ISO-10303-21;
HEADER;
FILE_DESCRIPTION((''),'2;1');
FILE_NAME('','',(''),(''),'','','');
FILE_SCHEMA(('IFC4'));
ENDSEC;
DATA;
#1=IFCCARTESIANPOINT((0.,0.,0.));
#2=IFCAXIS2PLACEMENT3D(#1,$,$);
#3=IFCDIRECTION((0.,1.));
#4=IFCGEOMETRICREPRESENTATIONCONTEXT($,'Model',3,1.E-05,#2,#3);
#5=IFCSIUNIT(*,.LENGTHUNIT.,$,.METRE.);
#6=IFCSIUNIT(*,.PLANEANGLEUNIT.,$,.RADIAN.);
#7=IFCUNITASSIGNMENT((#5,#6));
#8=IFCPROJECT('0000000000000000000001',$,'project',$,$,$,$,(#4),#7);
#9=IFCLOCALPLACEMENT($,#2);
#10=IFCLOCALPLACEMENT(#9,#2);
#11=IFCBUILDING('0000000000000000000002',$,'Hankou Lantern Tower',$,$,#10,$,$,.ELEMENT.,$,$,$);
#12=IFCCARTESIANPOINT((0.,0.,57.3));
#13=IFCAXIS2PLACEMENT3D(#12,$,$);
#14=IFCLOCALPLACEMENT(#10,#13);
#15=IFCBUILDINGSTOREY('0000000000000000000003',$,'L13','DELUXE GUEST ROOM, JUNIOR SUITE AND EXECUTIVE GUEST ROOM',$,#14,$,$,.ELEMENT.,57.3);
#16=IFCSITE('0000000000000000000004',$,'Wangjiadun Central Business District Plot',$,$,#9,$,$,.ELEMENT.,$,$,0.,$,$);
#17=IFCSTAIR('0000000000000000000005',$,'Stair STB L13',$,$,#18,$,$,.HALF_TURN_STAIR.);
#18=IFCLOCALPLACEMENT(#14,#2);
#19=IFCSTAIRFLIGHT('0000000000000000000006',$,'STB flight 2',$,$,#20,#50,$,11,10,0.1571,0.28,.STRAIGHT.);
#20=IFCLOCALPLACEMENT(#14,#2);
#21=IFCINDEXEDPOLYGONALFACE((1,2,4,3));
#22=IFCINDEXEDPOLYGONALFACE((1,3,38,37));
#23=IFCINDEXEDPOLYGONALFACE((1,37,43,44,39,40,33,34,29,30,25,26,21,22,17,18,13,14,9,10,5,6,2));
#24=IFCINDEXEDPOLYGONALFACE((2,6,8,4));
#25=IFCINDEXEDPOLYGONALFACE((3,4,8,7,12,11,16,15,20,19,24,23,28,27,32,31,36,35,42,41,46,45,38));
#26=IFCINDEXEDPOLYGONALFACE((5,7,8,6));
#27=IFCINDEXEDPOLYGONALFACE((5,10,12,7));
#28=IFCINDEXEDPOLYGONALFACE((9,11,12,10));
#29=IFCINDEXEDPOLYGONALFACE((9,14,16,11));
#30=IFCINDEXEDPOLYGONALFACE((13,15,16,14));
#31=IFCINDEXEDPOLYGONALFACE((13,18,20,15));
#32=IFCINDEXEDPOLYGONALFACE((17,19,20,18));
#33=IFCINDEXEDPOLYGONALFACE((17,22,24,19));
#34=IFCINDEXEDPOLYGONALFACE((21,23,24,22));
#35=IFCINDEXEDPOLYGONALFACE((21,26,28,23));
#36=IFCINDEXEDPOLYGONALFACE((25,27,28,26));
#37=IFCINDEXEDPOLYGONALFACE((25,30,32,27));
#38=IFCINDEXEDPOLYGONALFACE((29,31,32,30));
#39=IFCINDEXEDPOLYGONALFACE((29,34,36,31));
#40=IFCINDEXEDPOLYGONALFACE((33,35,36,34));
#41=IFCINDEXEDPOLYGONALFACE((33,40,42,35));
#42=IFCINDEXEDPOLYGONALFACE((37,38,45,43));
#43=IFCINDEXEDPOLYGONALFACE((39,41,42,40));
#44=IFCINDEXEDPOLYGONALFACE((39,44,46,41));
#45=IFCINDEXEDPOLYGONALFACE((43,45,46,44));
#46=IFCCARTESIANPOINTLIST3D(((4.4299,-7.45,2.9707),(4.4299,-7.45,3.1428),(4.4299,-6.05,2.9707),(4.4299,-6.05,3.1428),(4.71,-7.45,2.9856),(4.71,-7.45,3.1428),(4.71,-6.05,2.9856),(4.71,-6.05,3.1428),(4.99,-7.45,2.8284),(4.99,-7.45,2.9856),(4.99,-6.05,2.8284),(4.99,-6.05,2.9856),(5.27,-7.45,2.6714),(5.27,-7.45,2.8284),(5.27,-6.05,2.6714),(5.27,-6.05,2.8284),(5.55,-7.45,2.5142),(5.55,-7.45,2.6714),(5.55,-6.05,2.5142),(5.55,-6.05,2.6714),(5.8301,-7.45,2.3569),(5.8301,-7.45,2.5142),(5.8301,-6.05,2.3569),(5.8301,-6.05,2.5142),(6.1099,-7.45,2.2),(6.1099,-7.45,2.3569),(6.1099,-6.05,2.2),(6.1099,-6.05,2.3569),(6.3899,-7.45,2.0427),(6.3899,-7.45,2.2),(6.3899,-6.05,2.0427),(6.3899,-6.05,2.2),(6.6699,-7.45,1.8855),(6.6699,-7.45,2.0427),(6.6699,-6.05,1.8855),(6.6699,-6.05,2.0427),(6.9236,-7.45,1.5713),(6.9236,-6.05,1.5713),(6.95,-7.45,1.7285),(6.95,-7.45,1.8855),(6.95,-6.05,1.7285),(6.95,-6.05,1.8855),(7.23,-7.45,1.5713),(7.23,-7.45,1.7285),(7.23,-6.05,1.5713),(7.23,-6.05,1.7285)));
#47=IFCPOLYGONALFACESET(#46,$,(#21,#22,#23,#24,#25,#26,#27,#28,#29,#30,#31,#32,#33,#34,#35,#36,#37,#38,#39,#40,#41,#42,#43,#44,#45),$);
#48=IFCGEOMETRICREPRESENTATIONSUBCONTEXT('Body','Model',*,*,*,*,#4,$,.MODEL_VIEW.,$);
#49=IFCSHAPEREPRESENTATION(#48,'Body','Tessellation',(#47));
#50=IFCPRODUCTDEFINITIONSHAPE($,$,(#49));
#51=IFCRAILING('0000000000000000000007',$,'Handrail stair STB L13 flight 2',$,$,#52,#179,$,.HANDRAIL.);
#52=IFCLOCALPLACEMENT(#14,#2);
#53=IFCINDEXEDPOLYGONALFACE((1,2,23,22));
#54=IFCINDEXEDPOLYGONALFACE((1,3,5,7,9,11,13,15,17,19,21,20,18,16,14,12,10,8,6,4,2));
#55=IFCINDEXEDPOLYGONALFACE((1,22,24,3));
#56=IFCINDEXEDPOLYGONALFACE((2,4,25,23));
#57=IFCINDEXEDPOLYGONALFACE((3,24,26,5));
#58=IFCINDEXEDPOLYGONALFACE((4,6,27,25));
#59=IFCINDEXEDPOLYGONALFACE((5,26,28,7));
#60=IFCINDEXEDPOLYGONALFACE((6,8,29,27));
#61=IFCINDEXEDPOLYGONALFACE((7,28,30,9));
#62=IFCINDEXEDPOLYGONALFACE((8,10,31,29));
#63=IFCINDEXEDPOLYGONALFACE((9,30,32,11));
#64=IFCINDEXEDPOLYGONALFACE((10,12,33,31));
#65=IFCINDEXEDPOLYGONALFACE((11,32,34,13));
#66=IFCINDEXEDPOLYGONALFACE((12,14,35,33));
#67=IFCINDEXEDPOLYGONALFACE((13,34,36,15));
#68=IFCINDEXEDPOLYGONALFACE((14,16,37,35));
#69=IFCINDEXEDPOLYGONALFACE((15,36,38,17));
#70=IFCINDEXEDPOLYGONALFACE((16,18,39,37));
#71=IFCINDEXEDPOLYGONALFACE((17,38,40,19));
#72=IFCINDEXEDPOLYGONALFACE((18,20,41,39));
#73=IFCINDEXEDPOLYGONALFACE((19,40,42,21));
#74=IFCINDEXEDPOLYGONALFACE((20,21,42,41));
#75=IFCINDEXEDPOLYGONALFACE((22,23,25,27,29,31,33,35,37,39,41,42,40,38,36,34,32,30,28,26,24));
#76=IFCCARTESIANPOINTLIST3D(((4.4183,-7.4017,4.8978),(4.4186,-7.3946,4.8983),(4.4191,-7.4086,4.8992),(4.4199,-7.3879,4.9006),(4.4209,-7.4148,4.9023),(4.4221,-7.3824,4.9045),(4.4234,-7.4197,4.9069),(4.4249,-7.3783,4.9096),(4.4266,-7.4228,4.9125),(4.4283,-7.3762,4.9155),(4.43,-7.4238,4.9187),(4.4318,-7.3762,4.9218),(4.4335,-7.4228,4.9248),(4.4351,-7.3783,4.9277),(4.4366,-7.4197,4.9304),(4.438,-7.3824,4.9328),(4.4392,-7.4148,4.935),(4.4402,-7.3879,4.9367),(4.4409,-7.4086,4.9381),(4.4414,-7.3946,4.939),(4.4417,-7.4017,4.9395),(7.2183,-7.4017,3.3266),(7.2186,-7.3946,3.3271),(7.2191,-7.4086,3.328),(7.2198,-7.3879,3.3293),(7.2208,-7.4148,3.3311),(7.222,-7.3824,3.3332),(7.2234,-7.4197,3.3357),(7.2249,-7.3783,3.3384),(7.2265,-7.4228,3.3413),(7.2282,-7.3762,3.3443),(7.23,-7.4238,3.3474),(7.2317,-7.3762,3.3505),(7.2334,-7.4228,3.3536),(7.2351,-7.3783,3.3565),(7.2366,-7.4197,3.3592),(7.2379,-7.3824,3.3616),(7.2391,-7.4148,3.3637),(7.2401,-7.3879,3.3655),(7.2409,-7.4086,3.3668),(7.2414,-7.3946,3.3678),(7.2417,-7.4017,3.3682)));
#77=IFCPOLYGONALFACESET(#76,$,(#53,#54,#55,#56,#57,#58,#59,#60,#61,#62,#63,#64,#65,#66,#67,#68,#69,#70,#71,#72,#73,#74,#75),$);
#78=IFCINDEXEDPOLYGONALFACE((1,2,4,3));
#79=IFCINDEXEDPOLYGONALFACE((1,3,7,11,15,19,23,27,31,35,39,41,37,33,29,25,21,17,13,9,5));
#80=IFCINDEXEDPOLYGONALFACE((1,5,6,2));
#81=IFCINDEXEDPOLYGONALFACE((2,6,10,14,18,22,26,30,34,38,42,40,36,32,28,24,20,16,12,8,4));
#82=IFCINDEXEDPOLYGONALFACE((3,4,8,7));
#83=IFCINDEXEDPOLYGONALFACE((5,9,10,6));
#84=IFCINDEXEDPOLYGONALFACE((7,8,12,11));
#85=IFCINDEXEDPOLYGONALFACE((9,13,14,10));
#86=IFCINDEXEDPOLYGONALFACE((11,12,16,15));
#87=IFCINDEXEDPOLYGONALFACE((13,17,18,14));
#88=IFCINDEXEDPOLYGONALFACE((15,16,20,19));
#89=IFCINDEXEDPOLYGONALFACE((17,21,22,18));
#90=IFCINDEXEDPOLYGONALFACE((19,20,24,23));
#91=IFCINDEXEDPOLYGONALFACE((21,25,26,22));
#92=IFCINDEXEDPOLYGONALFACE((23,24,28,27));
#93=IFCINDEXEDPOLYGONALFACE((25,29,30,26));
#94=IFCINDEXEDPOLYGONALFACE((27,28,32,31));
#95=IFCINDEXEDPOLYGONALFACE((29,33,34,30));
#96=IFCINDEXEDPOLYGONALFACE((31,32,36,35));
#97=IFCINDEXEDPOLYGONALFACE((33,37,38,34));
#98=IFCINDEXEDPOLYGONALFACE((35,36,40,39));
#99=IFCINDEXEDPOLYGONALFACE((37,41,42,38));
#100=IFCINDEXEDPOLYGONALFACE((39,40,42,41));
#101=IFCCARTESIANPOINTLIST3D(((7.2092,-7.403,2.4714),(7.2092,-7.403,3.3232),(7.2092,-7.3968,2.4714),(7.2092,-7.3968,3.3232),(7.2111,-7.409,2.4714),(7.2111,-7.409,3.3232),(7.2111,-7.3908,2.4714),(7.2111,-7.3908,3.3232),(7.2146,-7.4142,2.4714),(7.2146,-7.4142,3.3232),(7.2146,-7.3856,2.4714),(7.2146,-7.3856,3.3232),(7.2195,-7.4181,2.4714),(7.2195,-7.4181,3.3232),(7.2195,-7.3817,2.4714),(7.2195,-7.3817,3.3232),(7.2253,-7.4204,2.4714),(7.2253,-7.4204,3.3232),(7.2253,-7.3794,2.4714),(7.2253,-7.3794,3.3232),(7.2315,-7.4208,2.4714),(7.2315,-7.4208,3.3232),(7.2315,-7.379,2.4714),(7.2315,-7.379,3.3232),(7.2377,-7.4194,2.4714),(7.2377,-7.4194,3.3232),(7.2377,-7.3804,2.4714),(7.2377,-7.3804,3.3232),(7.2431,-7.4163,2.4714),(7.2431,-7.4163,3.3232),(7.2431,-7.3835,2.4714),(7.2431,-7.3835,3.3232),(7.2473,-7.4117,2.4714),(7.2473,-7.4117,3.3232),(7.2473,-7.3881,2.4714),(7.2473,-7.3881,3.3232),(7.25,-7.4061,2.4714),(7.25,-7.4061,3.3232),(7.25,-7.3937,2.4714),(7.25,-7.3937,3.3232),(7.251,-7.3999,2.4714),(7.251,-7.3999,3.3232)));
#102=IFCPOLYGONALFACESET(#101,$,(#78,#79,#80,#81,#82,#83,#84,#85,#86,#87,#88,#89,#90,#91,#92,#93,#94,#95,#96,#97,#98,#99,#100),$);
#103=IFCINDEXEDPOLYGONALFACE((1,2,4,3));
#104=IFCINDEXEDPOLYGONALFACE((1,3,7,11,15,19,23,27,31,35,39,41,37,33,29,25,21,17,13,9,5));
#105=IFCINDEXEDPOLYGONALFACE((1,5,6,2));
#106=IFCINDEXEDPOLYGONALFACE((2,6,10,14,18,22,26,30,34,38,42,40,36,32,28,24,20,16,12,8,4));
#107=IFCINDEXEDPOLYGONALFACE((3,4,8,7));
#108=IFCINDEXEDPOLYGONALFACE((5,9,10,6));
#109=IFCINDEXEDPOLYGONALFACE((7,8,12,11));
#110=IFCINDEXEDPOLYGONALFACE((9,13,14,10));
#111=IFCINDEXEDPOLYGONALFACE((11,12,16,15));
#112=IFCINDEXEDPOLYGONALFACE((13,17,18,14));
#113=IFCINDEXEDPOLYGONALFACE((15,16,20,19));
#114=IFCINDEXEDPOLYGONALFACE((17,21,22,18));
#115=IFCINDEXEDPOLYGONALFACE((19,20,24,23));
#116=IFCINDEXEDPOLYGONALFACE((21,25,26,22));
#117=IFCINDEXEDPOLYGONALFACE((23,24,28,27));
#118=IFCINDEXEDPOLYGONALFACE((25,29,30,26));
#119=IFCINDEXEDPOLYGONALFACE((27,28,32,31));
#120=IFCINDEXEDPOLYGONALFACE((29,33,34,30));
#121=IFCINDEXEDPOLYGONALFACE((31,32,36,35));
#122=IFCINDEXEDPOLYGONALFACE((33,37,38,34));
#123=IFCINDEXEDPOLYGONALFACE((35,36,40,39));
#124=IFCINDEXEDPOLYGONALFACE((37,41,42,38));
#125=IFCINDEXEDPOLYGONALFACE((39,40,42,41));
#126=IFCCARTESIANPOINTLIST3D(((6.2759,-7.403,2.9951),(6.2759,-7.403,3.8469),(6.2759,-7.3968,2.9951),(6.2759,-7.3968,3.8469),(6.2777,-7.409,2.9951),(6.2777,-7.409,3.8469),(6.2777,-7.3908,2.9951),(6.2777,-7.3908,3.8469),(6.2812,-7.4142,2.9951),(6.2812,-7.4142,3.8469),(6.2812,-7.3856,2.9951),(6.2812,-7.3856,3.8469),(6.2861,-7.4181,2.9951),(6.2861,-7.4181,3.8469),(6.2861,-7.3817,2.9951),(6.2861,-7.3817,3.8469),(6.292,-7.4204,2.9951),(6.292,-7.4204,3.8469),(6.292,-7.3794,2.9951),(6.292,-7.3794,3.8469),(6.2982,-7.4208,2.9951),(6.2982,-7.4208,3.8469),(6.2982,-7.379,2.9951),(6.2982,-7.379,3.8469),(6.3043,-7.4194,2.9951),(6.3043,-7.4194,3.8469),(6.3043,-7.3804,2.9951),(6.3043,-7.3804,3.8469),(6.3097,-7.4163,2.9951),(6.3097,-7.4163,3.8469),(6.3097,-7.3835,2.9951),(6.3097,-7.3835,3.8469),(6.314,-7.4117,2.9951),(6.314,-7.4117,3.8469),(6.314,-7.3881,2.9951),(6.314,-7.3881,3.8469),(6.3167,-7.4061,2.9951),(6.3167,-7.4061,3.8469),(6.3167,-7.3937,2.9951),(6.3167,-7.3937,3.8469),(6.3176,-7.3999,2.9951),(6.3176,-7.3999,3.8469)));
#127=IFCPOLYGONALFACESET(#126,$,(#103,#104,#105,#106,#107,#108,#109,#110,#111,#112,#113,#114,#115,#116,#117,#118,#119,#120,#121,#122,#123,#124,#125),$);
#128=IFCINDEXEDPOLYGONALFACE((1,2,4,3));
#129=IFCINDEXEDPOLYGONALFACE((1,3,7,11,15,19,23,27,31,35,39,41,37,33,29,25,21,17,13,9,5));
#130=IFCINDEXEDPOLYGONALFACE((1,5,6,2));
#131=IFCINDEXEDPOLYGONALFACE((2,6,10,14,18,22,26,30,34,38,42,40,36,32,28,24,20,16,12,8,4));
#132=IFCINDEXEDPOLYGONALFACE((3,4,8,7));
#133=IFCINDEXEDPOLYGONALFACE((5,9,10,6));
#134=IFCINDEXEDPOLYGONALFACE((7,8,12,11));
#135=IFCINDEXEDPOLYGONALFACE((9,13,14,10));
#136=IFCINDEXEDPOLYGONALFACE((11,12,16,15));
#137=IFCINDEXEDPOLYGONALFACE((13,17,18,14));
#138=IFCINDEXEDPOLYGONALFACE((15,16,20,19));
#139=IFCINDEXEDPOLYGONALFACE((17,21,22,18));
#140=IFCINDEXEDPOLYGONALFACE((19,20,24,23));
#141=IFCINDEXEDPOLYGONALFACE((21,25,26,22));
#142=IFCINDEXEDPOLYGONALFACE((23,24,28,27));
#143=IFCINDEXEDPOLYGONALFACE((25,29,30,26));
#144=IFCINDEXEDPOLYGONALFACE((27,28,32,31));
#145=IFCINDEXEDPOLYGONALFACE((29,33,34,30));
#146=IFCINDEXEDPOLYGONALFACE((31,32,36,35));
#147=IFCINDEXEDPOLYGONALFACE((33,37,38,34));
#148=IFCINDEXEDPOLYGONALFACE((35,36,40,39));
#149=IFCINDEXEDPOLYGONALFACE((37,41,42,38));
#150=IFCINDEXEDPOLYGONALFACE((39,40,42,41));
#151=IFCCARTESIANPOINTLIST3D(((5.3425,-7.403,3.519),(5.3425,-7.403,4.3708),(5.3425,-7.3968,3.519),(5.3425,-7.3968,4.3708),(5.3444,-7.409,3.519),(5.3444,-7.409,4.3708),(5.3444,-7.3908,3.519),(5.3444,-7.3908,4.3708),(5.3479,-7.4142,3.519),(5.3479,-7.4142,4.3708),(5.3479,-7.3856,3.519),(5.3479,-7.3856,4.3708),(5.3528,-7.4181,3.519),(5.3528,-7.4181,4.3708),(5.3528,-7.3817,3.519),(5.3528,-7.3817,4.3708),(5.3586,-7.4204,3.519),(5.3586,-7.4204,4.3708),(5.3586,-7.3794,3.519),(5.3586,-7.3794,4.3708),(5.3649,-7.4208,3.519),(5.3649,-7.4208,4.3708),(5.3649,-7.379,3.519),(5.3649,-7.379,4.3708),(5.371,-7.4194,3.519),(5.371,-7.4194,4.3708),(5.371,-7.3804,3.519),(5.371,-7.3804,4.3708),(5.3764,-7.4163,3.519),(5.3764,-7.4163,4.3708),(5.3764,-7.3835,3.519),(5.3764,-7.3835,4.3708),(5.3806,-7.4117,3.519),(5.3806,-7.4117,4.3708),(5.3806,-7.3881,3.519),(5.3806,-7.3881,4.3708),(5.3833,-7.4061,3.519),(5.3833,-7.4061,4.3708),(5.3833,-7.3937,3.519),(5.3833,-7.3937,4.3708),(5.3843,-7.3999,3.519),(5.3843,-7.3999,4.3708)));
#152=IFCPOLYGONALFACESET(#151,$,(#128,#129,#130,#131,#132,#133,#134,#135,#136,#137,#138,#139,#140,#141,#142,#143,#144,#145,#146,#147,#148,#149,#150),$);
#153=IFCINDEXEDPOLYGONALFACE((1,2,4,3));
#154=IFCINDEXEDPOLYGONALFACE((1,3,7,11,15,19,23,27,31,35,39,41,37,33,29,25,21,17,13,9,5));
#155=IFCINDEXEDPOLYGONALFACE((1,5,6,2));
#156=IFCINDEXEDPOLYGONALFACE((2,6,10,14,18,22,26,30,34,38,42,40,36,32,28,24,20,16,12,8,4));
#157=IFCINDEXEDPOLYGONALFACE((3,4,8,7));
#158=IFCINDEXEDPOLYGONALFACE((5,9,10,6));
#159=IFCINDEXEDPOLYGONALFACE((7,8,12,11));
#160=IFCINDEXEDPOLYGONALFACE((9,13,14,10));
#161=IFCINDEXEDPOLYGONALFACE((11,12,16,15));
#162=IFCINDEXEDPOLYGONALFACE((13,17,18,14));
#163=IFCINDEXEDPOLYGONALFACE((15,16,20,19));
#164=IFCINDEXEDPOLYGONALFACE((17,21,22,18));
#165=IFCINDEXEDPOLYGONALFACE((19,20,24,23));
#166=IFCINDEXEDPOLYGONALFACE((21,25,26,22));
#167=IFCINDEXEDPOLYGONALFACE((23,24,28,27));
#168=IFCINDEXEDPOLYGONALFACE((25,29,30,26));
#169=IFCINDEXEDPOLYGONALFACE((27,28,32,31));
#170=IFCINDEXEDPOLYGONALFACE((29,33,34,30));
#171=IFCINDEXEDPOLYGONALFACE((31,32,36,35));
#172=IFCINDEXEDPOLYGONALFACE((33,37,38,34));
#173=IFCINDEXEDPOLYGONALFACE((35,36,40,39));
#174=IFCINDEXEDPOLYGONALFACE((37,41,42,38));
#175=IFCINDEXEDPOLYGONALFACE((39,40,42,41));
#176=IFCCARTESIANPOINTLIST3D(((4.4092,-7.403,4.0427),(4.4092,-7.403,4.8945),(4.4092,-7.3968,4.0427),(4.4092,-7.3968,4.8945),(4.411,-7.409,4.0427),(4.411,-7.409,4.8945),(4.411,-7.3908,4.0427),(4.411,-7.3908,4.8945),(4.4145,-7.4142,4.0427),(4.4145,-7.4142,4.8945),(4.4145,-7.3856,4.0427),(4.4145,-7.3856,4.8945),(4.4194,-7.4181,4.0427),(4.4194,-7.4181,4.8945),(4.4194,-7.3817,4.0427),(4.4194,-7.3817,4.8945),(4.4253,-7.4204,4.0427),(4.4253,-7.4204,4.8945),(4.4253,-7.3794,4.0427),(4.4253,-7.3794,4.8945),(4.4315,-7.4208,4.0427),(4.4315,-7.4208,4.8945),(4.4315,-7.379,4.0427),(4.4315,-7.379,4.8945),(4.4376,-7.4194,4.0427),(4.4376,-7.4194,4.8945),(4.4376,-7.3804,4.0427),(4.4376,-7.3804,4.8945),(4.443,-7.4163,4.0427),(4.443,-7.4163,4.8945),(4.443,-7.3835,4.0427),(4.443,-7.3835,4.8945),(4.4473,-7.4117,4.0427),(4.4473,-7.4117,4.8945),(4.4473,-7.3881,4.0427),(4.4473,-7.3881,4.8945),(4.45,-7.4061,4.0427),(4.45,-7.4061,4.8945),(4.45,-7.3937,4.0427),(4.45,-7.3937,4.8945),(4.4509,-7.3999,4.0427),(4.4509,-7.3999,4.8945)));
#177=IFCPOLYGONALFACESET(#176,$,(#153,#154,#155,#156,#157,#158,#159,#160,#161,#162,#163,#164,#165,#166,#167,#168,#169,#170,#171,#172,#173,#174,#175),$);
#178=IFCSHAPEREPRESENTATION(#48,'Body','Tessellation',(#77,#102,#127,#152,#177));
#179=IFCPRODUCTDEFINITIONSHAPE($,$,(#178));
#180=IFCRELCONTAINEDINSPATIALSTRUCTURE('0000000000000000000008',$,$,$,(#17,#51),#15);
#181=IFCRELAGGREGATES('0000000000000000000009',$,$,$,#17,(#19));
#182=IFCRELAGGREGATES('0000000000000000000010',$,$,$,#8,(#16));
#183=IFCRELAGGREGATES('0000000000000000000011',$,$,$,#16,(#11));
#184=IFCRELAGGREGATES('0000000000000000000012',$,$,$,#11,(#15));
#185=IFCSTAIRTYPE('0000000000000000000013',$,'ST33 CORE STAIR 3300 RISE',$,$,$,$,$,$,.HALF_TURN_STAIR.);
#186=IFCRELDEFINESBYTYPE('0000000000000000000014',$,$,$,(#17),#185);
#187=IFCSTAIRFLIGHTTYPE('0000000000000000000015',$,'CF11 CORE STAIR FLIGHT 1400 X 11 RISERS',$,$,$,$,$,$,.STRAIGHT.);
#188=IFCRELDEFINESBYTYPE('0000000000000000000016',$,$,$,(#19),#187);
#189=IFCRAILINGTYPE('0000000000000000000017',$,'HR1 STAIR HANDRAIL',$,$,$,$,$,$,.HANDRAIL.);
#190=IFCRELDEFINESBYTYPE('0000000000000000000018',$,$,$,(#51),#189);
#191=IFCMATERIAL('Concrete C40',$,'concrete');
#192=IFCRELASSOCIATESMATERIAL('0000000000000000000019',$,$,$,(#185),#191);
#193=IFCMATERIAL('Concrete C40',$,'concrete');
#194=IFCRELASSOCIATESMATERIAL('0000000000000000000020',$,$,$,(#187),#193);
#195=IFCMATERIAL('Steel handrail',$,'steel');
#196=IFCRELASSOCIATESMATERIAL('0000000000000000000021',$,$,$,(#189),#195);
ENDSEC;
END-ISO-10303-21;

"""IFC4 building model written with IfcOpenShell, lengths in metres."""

from ifc_helpers import new_model, si_unit, direction, frame, origin, origin_2d, place, context, subcontext, project, spatial, polyline, circle, outline, extrude, material, type_object, element, aggregate, save


model = new_model("IFC4")

# Units and contexts
model_context = context("Model", 3, precision=1e-05, world=origin(), true_north=direction((0.0, 1.0)))
body_context = subcontext(model_context, "Body", "Model", "MODEL_VIEW")
ifc_project = project(units=[si_unit("LENGTHUNIT", "METRE"), si_unit("PLANEANGLEUNIT", "RADIAN")], contexts=[model_context])

# Site, building, storey
site_placement = place(None, origin())
site = spatial("IfcSite", under=ifc_project, at=site_placement, Name="Wangjiadun Central Business District Plot", CompositionType="ELEMENT", RefElevation=0.0)
building_placement = place(site_placement, origin())
building = spatial("IfcBuilding", under=site, at=building_placement, Name="Hankou Lantern Tower", CompositionType="ELEMENT")
storey_placement = place(building_placement, frame((0.0, 0.0, 57.3)))
storey = spatial("IfcBuildingStorey", under=building, at=storey_placement, Name="L13", Description="DELUXE GUEST ROOM, JUNIOR SUITE AND EXECUTIVE GUEST ROOM", CompositionType="ELEMENT", Elevation=57.3)

# Stair, stair flight
ifc_material_1 = material(Name="Concrete C40", Category="concrete")
stair_type = type_object("IfcStairType", Name="ST33 CORE STAIR 3300 RISE", PredefinedType="HALF_TURN_STAIR", material=ifc_material_1)
stair_placement = place(storey_placement, origin())
stair = element("IfcStair", 1, at=stair_placement, inside=storey, type_object=stair_type, Name="Stair STB L13", PredefinedType="HALF_TURN_STAIR")
ifc_material_2 = material(Name="Concrete C40", Category="concrete")
stair_flight_type_1 = type_object("IfcStairFlightType", Name="CF11 CORE STAIR FLIGHT 1400 X 11 RISERS", PredefinedType="STRAIGHT", material=ifc_material_2)
stair_flight_1_placement = place(storey_placement, frame((7.23, -6.75, 1.5713), z_axis=(0.0, 0.0, 1.0), x_axis=(-1.0, 0.0, 0.0)))
stair_flight_1 = element("IfcStairFlight", 2, at=stair_flight_1_placement, type_object=stair_flight_type_1, Name="STB flight 2", NumberOfRisers=11, NumberOfTreads=10, PredefinedType="STRAIGHT", RiserHeight=0.1571, TreadLength=0.28, context=body_context, shape_type="SweptSolid", body=[
    extrude(outline(polyline([(0.0, 0.0), (0.0, 0.1572), (0.28, 0.1572), (0.28, 0.3142), (0.5601, 0.3142), (0.5601, 0.4714), (0.8401, 0.4714), (0.8401, 0.6287), (1.1201, 0.6287), (1.1201, 0.7856), (1.3999, 0.7856), (1.3999, 0.9429), (1.6799, 0.9429), (1.6799, 1.1001), (1.96, 1.1001), (1.96, 1.2571), (2.24, 1.2571), (2.24, 1.4143), (2.52, 1.4143), (2.52, 1.5715), (2.8, 1.5715), (2.8, 1.7285), (2.8, 1.3994), (0.3064, 0.0), (0.0, 0.0)])), frame((0.0, 0.7, 0.0), z_axis=(0.0, -1.0, 0.0), x_axis=(1.0, 0.0, 0.0)), (0.0, 0.0, 1.0), 1.3999),
])
aggregate(stair, [stair_flight_1])

# Railing
ifc_material_3 = material(Name="Steel handrail", Category="steel")
railing_type = type_object("IfcRailingType", Name="HR1 STAIR HANDRAIL", PredefinedType="HANDRAIL", material=ifc_material_3)
railing_placement = place(storey_placement, frame((7.23, -7.3999, 2.4714)))
element("IfcRailing", 3, at=railing_placement, inside=storey, type_object=railing_type, Name="Handrail stair STB L13 flight 2", PredefinedType="HANDRAIL", context=body_context, shape_type="SweptSolid", body=[
    extrude(circle(Radius=0.0239, at=origin_2d()), frame((0.0, 0.0, 0.876), z_axis=(-0.872073, 0.0, 0.489377), x_axis=(0.0, -1.0, 0.0)), (0.0, 0.0, 1.0), 3.2107),
    extrude(circle(Radius=0.021, at=origin_2d()), origin(), (0.0, 0.0, 1.0), 0.8518),
    extrude(circle(Radius=0.021, at=origin_2d()), frame((-0.9333, 0.0, 0.5237)), (0.0, 0.0, 1.0), 0.8518),
    extrude(circle(Radius=0.021, at=origin_2d()), frame((-1.8667, 0.0, 1.0476)), (0.0, 0.0, 1.0), 0.8518),
    extrude(circle(Radius=0.021, at=origin_2d()), frame((-2.8, 0.0, 1.5713)), (0.0, 0.0, 1.0), 0.8518),
])

save(model, "model.ifc")
